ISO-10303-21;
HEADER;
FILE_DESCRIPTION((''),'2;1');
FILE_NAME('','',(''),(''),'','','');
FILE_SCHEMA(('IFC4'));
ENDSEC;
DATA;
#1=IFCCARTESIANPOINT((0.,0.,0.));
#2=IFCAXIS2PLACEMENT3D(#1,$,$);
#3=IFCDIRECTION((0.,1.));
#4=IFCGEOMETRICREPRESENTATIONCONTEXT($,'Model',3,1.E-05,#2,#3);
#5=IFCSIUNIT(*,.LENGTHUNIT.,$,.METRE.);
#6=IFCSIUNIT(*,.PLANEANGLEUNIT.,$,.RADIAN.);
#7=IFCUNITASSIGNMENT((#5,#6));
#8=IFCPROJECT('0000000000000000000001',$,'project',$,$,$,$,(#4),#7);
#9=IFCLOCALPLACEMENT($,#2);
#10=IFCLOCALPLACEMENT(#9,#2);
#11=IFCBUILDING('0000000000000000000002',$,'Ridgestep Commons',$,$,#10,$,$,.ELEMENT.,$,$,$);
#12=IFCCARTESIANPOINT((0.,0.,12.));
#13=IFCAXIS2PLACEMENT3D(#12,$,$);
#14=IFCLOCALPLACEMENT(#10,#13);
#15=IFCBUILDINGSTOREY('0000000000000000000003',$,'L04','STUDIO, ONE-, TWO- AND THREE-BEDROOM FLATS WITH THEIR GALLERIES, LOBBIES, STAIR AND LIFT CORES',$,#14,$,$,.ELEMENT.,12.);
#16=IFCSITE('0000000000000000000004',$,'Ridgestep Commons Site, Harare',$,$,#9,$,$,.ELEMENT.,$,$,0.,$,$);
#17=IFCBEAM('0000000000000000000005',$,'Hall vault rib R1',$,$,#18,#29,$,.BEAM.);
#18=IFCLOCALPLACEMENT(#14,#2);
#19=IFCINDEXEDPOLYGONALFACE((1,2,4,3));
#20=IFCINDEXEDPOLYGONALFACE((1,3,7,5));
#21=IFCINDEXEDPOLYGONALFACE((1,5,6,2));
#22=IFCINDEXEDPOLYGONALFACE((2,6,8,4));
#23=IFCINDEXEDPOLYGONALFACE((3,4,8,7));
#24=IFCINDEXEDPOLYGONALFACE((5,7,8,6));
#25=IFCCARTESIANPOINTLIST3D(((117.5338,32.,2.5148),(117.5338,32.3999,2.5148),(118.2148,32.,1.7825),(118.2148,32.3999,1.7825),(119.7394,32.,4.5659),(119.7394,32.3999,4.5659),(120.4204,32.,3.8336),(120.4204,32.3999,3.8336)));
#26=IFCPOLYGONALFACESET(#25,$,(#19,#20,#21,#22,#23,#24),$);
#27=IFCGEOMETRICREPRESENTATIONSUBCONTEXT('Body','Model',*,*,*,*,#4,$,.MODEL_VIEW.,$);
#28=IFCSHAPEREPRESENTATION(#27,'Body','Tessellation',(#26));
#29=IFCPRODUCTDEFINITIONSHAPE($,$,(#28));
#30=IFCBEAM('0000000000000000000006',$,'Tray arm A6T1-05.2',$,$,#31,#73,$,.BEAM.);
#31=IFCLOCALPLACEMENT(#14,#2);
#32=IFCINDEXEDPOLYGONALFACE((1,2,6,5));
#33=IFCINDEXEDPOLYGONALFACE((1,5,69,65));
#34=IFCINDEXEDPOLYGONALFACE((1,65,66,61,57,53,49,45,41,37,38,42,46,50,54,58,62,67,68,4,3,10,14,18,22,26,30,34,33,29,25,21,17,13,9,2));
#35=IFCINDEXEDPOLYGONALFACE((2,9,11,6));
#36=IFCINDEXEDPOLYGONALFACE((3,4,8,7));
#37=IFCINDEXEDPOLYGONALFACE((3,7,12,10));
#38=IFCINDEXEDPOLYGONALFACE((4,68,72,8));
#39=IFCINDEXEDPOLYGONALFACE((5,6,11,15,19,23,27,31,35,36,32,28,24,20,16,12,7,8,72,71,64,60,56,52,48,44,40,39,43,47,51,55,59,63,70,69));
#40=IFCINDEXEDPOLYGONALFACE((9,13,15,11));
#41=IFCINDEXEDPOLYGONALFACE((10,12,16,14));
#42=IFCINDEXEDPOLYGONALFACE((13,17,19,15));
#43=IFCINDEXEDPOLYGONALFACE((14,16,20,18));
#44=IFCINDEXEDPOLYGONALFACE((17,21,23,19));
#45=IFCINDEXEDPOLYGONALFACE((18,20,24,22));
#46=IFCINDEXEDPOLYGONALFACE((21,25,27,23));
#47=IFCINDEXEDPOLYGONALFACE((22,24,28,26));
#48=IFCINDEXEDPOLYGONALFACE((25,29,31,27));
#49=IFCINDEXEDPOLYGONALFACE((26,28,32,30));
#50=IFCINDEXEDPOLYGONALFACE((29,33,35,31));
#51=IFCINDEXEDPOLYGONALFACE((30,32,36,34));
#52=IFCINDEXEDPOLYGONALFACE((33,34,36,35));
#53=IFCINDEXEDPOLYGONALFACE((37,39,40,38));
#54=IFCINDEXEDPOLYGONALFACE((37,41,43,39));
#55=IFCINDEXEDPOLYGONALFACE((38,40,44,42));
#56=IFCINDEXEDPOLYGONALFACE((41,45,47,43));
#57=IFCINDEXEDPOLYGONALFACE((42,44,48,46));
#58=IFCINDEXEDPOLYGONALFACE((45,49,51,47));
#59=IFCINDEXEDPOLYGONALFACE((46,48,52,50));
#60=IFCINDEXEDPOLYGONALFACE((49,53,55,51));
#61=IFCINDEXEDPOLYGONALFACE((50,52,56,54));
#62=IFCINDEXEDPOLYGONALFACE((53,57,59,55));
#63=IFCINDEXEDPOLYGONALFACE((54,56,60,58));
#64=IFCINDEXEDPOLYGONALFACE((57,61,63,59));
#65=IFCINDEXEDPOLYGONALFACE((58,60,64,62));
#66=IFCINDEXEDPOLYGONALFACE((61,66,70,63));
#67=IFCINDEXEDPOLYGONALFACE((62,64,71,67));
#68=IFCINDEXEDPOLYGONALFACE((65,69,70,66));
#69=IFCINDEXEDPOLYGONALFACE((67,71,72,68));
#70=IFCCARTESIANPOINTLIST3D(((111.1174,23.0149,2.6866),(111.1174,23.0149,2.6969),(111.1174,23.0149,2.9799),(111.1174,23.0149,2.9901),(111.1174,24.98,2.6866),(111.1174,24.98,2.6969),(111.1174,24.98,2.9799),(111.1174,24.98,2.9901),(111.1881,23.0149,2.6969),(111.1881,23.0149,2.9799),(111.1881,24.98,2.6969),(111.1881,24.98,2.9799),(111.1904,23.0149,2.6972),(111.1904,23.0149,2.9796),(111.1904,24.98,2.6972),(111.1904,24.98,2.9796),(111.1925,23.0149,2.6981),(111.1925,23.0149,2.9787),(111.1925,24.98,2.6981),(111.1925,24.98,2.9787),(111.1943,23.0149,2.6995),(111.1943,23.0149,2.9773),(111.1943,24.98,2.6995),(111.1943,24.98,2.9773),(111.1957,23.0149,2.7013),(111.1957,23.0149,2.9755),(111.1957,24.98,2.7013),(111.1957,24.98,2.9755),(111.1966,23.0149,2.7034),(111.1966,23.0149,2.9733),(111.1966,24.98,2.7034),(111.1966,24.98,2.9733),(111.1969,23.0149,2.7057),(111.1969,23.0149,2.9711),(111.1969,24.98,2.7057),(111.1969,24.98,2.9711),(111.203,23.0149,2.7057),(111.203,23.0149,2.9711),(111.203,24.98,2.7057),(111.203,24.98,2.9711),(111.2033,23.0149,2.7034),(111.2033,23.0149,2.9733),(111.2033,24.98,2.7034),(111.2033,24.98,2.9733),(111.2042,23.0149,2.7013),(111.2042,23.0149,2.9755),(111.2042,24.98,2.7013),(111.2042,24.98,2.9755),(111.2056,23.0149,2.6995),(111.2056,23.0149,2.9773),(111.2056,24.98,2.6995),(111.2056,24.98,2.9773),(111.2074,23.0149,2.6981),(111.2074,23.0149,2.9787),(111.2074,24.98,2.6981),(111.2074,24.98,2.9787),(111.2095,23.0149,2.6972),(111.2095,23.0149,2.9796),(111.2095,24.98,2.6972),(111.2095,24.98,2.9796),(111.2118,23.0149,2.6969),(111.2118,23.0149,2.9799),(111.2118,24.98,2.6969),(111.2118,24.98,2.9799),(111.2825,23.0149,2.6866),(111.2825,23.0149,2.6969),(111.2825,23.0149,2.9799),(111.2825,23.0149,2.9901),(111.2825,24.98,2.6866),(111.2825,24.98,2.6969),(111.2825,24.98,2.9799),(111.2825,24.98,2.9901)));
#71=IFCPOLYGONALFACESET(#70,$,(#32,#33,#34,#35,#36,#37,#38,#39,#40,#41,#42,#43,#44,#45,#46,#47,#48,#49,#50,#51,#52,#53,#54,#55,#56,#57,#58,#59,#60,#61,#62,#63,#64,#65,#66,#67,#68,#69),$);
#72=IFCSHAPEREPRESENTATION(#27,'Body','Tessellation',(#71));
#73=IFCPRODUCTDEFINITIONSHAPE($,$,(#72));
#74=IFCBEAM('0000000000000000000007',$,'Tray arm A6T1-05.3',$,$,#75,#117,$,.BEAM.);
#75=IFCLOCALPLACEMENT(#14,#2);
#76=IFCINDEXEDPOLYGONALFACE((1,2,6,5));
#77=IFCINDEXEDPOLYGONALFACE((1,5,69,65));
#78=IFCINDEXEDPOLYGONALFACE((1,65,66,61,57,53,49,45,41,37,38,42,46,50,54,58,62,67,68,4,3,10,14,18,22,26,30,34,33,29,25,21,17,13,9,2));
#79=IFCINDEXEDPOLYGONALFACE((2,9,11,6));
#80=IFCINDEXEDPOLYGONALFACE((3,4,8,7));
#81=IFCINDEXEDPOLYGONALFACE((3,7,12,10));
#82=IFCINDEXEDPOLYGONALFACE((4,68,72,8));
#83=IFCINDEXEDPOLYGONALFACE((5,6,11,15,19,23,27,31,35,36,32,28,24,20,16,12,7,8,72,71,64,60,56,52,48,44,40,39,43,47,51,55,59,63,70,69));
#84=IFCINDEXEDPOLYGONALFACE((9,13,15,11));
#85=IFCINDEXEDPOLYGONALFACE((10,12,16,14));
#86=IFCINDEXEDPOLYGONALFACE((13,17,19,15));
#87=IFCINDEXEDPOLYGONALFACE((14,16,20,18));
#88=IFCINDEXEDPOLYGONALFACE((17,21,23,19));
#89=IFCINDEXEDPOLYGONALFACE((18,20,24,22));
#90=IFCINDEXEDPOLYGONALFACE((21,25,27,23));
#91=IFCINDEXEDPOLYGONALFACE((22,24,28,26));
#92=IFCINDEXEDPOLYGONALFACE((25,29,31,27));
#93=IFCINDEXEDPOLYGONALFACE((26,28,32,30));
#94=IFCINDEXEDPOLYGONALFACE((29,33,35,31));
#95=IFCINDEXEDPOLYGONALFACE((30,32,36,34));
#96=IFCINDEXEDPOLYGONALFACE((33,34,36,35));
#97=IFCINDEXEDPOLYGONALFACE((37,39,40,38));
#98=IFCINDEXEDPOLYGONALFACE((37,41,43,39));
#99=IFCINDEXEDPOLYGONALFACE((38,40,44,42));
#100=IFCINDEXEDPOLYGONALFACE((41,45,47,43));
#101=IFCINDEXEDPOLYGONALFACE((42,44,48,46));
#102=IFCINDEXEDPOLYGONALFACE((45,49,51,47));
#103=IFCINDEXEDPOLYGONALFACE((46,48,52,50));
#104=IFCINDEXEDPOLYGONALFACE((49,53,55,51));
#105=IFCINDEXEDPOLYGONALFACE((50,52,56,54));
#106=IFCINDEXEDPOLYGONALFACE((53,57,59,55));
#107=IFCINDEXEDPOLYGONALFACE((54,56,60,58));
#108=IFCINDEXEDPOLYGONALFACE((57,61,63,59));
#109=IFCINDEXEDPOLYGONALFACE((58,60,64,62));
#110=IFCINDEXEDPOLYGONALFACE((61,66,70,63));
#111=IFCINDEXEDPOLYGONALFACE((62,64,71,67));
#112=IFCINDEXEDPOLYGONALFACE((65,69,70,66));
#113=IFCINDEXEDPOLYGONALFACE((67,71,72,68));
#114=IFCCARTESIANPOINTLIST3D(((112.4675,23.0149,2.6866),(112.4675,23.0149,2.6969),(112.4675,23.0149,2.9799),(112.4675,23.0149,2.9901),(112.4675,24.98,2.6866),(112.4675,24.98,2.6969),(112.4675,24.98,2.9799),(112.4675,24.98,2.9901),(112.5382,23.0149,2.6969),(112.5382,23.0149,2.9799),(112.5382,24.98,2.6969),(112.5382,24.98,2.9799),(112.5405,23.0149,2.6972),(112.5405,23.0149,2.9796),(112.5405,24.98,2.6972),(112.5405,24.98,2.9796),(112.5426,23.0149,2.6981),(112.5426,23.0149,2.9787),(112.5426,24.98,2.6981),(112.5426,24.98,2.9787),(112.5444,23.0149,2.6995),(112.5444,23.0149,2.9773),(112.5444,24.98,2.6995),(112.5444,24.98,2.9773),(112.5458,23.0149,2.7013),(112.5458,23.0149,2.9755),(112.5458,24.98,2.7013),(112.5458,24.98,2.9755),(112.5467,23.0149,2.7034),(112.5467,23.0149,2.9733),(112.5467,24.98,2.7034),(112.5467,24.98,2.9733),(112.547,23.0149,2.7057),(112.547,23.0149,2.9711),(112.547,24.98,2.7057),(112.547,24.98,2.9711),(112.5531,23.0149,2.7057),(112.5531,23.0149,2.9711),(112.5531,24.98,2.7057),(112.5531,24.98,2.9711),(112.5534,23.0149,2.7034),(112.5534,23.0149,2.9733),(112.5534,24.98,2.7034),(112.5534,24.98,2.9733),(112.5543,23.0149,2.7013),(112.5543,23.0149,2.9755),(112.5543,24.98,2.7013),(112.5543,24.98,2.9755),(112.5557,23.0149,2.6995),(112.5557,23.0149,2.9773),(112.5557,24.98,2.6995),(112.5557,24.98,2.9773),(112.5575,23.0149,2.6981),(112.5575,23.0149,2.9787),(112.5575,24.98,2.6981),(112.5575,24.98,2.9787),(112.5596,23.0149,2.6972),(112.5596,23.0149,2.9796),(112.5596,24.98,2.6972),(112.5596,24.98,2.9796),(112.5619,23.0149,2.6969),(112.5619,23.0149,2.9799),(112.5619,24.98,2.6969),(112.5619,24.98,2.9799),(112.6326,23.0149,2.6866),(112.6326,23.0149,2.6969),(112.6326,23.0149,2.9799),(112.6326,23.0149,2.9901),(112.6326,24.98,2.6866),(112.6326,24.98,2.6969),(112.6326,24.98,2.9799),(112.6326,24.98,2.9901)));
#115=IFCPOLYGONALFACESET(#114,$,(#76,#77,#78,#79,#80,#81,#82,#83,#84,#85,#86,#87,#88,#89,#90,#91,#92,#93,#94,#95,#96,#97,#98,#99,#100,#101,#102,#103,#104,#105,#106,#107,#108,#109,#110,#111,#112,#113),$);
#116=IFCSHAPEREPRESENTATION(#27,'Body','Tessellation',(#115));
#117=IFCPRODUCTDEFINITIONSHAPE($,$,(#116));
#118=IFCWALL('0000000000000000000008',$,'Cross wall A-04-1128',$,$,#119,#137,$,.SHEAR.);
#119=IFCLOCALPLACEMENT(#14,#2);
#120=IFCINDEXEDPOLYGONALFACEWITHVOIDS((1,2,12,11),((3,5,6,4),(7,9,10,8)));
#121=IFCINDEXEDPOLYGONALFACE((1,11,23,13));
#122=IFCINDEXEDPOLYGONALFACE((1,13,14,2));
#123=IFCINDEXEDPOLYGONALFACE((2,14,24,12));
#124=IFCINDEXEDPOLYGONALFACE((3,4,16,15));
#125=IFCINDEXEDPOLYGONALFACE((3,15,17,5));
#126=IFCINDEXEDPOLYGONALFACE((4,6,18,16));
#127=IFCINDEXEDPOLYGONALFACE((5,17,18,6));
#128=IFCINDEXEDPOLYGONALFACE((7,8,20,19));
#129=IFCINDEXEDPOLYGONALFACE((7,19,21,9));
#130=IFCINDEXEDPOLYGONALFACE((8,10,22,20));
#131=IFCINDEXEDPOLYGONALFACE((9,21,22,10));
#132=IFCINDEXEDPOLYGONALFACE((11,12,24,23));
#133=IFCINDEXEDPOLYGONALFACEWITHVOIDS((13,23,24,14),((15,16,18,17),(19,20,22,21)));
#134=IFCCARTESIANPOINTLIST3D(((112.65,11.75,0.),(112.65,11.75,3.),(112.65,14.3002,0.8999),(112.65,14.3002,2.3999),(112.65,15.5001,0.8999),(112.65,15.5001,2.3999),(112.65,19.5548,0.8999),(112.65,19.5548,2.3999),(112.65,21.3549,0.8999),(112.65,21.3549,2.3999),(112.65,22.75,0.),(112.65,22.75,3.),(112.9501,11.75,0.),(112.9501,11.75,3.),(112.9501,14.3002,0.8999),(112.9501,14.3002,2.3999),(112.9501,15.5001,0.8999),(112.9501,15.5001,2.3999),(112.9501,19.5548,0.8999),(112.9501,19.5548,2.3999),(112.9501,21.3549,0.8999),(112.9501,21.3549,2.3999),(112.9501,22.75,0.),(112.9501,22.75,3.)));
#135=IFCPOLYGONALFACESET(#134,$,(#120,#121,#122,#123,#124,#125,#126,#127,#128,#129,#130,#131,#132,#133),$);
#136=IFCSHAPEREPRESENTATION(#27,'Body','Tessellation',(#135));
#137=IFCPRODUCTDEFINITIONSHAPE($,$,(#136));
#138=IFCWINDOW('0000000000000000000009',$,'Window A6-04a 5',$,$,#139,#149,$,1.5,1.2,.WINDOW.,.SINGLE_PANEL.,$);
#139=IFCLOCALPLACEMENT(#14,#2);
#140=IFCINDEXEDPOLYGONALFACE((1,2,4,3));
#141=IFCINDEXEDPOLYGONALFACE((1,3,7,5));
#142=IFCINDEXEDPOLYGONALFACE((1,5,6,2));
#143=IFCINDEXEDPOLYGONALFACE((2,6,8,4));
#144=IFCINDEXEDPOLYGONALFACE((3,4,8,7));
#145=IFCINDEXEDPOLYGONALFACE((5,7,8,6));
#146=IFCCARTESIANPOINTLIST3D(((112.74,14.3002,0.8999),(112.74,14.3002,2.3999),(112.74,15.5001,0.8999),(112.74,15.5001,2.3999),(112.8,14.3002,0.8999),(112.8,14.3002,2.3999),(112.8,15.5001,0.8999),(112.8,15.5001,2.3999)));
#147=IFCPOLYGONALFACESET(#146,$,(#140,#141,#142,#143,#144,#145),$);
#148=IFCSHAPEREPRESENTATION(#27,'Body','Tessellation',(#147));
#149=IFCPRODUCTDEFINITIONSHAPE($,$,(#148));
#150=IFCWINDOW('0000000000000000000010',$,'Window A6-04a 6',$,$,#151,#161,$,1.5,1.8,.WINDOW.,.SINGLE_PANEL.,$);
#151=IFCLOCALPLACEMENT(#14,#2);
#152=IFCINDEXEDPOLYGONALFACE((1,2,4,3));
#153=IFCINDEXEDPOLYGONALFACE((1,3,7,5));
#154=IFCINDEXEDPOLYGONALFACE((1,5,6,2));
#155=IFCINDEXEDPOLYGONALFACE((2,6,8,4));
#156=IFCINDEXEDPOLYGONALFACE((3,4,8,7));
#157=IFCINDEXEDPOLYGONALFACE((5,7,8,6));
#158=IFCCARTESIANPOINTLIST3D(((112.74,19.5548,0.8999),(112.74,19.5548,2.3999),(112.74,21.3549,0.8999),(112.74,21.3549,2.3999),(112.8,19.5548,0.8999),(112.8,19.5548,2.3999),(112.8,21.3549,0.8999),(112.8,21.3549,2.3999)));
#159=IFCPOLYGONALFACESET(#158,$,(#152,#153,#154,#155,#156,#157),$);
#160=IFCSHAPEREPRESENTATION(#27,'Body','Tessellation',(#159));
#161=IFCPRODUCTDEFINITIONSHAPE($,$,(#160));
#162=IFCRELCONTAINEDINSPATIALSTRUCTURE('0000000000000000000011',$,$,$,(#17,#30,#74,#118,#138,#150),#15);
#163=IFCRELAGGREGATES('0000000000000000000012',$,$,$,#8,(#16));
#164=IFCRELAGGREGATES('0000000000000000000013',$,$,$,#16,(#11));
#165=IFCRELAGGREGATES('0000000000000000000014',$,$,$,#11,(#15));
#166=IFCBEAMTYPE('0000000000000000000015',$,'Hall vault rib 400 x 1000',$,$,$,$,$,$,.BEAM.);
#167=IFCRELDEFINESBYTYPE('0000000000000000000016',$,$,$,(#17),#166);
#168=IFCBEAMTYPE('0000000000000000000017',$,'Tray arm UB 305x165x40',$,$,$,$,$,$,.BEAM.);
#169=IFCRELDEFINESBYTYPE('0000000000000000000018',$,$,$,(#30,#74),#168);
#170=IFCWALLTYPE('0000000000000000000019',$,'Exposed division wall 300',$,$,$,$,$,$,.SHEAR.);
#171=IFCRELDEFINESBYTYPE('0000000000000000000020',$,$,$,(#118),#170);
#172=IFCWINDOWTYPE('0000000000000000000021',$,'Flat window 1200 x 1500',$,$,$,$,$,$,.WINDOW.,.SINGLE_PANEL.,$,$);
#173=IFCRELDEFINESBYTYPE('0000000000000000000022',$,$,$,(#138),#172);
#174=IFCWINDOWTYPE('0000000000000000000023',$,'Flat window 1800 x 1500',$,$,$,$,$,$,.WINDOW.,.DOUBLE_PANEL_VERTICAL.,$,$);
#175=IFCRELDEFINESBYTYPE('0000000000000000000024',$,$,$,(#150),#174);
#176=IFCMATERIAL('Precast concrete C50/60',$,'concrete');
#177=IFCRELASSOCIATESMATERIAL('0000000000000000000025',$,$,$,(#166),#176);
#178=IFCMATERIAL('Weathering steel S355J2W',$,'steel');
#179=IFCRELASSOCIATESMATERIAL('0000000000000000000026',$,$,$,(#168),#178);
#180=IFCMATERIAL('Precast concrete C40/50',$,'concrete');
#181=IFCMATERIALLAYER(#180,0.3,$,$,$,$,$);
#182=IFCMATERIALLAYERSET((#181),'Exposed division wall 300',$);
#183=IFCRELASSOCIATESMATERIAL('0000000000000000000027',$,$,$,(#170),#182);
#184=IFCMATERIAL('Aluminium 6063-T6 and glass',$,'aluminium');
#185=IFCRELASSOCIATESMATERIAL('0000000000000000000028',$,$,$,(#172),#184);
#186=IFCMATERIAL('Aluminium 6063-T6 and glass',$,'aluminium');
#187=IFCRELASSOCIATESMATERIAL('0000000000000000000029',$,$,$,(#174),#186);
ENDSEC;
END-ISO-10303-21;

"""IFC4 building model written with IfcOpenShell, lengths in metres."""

from ifc_helpers import new_model, si_unit, direction, frame, frame_2d, origin, origin_2d, place, context, subcontext, project, spatial, rectangle, i_section, extrude, material, layer, layer_set, material_profile, profile_set, type_object, element, fill, save


model = new_model("IFC4")

# Units and contexts
model_context = context("Model", 3, precision=1e-05, world=origin(), true_north=direction((0.0, 1.0)))
body_context = subcontext(model_context, "Body", "Model", "MODEL_VIEW")
ifc_project = project(units=[si_unit("LENGTHUNIT", "METRE"), si_unit("PLANEANGLEUNIT", "RADIAN")], contexts=[model_context])

# Site, building, storey
site_placement = place(None, origin())
site = spatial("IfcSite", under=ifc_project, at=site_placement, Name="Ridgestep Commons Site, Harare", CompositionType="ELEMENT", RefElevation=0.0)
building_placement = place(site_placement, origin())
building = spatial("IfcBuilding", under=site, at=building_placement, Name="Ridgestep Commons", CompositionType="ELEMENT")
storey_placement = place(building_placement, frame((0.0, 0.0, 12.0)))
storey = spatial("IfcBuildingStorey", under=building, at=storey_placement, Name="L04", Description="STUDIO, ONE-, TWO- AND THREE-BEDROOM FLATS WITH THEIR GALLERIES, LOBBIES, STAIR AND LIFT CORES", CompositionType="ELEMENT", Elevation=12.0)

# Beams
ifc_material_1 = material(Name="Precast concrete C50/60", Category="concrete")
ifc_material_profile_1 = material_profile(ifc_material_1, rectangle(XDim=0.3999, YDim=1.0, at=origin_2d()), Name="Hall vault rib 400 x 1000")
ifc_profile_set_1 = profile_set([ifc_material_profile_1], Name="Precast concrete C50/60")
beam_type_1 = type_object("IfcBeamType", Name="Hall vault rib 400 x 1000", PredefinedType="BEAM", material=ifc_profile_set_1)
beam_placement = place(storey_placement, frame((117.8743, 32.2, 2.1487), z_axis=(0.732297, 0.0, 0.680986), x_axis=(0.0, 1.0, 0.0)))
element("IfcBeam", 1, at=beam_placement, inside=storey, type_object=beam_type_1, Name="Hall vault rib R1", PredefinedType="BEAM", context=body_context, shape_type="SweptSolid", body=[
    extrude(rectangle(XDim=0.3999, YDim=1.0, at=origin_2d()), origin(), (0.0, 0.0, 1.0), 3.012),
])
ifc_material_2 = material(Name="Weathering steel S355J2W", Category="steel")
ifc_material_profile_2 = material_profile(ifc_material_2, i_section(OverallWidth=0.165, OverallDepth=0.3035, WebThickness=0.0061, FlangeThickness=0.0103, FilletRadius=0.0088, at=origin_2d()), Name="UB 305x165x40")
ifc_profile_set_2 = profile_set([ifc_material_profile_2], Name="Weathering steel S355J2W")
beam_type_2 = type_object("IfcBeamType", Name="Tray arm UB 305x165x40", PredefinedType="BEAM", material=ifc_profile_set_2)
for number, where, z_axis, x_axis, name in (
    (2, (111.2, 23.0149, 2.8384), (0.0, 1.0, 0.0), (-1.0, 0.0, 0.0), "Tray arm A6T1-05.2"),
    (3, (112.55, 23.0149, 2.8384), (0.0, 1.0, 0.0), (-1.0, 0.0, 0.0), "Tray arm A6T1-05.3"),
):
    element("IfcBeam", number, at=place(storey_placement, frame(where, z_axis=z_axis, x_axis=x_axis)), inside=storey, type_object=beam_type_2, Name=name, PredefinedType="BEAM", context=body_context, shape_type="SweptSolid", body=[
        extrude(i_section(OverallWidth=0.165, OverallDepth=0.3035, WebThickness=0.0061, FlangeThickness=0.0103, FilletRadius=0.0088, at=origin_2d()), origin(), (0.0, 0.0, 1.0), 1.9651),
    ])

# Wall, openings, windows
ifc_material_3 = material(Name="Precast concrete C40/50", Category="concrete")
ifc_layer_1 = layer(ifc_material_3, 0.3)
ifc_layer_set_1 = layer_set([ifc_layer_1], Name="Exposed division wall 300")
wall_type_1 = type_object("IfcWallType", Name="Exposed division wall 300", PredefinedType="SHEAR", material=ifc_layer_set_1)
wall_1_placement = place(storey_placement, frame((112.8, 11.75, 0.0), z_axis=(0.0, 0.0, 1.0), x_axis=(0.0, 1.0, 0.0)))
wall_1 = element("IfcWall", 4, at=wall_1_placement, inside=storey, type_object=wall_type_1, Name="Cross wall A-04-1128", PredefinedType="SHEAR", context=body_context, shape_type="SweptSolid", body=[
    extrude(rectangle(XDim=11.0, YDim=0.3, at=frame_2d((5.5, 0.0))), origin(), (0.0, 0.0, 1.0), 3.0),
])
opening_1_placement = place(wall_1_placement, frame((2.55, 0.0, 0.8999)))
opening_1 = element("IfcOpeningElement", 5, at=opening_1_placement, cuts=wall_1, PredefinedType="OPENING", context=body_context, shape_type="SweptSolid", body=[
    extrude(rectangle(XDim=1.2, YDim=1.5, at=frame_2d((0.6001, 0.75))), frame((0.0, 0.1599, 0.0), z_axis=(0.0, -1.0, 0.0), x_axis=(1.0, 0.0, 0.0)), (0.0, 0.0, 1.0), 0.3201),
])
opening_2_placement = place(wall_1_placement, frame((7.8049, 0.0, 0.8999)))
opening_2 = element("IfcOpeningElement", 6, at=opening_2_placement, cuts=wall_1, PredefinedType="OPENING", context=body_context, shape_type="SweptSolid", body=[
    extrude(rectangle(XDim=1.8, YDim=1.5, at=frame_2d((0.8999, 0.75))), frame((0.0, 0.1599, 0.0), z_axis=(0.0, -1.0, 0.0), x_axis=(1.0, 0.0, 0.0)), (0.0, 0.0, 1.0), 0.3201),
])
ifc_material_4 = material(Name="Aluminium 6063-T6 and glass", Category="aluminium")
window_type_1 = type_object("IfcWindowType", Name="Flat window 1200 x 1500", PartitioningType="SINGLE_PANEL", PredefinedType="WINDOW", material=ifc_material_4)
window_1_placement = place(opening_1_placement, origin())
window_1 = element("IfcWindow", 7, at=window_1_placement, inside=storey, type_object=window_type_1, Name="Window A6-04a 5", OverallHeight=1.5, OverallWidth=1.2, PartitioningType="SINGLE_PANEL", PredefinedType="WINDOW", context=body_context, shape_type="SweptSolid", body=[
    extrude(rectangle(XDim=1.2, YDim=1.5, at=frame_2d((0.6001, 0.75))), frame((0.0, 0.0601, 0.0), z_axis=(0.0, -1.0, 0.0), x_axis=(1.0, 0.0, 0.0)), (0.0, 0.0, 1.0), 0.0601),
])
fill(opening_1, window_1)
ifc_material_5 = material(Name="Aluminium 6063-T6 and glass", Category="aluminium")
window_type_2 = type_object("IfcWindowType", Name="Flat window 1800 x 1500", PartitioningType="DOUBLE_PANEL_VERTICAL", PredefinedType="WINDOW", material=ifc_material_5)
window_2_placement = place(opening_2_placement, origin())
window_2 = element("IfcWindow", 8, at=window_2_placement, inside=storey, type_object=window_type_2, Name="Window A6-04a 6", OverallHeight=1.5, OverallWidth=1.8, PartitioningType="SINGLE_PANEL", PredefinedType="WINDOW", context=body_context, shape_type="SweptSolid", body=[
    extrude(rectangle(XDim=1.8, YDim=1.5, at=frame_2d((0.8999, 0.75))), frame((0.0, 0.0601, 0.0), z_axis=(0.0, -1.0, 0.0), x_axis=(1.0, 0.0, 0.0)), (0.0, 0.0, 1.0), 0.0601),
])
fill(opening_2, window_2)

save(model, "model.ifc")
